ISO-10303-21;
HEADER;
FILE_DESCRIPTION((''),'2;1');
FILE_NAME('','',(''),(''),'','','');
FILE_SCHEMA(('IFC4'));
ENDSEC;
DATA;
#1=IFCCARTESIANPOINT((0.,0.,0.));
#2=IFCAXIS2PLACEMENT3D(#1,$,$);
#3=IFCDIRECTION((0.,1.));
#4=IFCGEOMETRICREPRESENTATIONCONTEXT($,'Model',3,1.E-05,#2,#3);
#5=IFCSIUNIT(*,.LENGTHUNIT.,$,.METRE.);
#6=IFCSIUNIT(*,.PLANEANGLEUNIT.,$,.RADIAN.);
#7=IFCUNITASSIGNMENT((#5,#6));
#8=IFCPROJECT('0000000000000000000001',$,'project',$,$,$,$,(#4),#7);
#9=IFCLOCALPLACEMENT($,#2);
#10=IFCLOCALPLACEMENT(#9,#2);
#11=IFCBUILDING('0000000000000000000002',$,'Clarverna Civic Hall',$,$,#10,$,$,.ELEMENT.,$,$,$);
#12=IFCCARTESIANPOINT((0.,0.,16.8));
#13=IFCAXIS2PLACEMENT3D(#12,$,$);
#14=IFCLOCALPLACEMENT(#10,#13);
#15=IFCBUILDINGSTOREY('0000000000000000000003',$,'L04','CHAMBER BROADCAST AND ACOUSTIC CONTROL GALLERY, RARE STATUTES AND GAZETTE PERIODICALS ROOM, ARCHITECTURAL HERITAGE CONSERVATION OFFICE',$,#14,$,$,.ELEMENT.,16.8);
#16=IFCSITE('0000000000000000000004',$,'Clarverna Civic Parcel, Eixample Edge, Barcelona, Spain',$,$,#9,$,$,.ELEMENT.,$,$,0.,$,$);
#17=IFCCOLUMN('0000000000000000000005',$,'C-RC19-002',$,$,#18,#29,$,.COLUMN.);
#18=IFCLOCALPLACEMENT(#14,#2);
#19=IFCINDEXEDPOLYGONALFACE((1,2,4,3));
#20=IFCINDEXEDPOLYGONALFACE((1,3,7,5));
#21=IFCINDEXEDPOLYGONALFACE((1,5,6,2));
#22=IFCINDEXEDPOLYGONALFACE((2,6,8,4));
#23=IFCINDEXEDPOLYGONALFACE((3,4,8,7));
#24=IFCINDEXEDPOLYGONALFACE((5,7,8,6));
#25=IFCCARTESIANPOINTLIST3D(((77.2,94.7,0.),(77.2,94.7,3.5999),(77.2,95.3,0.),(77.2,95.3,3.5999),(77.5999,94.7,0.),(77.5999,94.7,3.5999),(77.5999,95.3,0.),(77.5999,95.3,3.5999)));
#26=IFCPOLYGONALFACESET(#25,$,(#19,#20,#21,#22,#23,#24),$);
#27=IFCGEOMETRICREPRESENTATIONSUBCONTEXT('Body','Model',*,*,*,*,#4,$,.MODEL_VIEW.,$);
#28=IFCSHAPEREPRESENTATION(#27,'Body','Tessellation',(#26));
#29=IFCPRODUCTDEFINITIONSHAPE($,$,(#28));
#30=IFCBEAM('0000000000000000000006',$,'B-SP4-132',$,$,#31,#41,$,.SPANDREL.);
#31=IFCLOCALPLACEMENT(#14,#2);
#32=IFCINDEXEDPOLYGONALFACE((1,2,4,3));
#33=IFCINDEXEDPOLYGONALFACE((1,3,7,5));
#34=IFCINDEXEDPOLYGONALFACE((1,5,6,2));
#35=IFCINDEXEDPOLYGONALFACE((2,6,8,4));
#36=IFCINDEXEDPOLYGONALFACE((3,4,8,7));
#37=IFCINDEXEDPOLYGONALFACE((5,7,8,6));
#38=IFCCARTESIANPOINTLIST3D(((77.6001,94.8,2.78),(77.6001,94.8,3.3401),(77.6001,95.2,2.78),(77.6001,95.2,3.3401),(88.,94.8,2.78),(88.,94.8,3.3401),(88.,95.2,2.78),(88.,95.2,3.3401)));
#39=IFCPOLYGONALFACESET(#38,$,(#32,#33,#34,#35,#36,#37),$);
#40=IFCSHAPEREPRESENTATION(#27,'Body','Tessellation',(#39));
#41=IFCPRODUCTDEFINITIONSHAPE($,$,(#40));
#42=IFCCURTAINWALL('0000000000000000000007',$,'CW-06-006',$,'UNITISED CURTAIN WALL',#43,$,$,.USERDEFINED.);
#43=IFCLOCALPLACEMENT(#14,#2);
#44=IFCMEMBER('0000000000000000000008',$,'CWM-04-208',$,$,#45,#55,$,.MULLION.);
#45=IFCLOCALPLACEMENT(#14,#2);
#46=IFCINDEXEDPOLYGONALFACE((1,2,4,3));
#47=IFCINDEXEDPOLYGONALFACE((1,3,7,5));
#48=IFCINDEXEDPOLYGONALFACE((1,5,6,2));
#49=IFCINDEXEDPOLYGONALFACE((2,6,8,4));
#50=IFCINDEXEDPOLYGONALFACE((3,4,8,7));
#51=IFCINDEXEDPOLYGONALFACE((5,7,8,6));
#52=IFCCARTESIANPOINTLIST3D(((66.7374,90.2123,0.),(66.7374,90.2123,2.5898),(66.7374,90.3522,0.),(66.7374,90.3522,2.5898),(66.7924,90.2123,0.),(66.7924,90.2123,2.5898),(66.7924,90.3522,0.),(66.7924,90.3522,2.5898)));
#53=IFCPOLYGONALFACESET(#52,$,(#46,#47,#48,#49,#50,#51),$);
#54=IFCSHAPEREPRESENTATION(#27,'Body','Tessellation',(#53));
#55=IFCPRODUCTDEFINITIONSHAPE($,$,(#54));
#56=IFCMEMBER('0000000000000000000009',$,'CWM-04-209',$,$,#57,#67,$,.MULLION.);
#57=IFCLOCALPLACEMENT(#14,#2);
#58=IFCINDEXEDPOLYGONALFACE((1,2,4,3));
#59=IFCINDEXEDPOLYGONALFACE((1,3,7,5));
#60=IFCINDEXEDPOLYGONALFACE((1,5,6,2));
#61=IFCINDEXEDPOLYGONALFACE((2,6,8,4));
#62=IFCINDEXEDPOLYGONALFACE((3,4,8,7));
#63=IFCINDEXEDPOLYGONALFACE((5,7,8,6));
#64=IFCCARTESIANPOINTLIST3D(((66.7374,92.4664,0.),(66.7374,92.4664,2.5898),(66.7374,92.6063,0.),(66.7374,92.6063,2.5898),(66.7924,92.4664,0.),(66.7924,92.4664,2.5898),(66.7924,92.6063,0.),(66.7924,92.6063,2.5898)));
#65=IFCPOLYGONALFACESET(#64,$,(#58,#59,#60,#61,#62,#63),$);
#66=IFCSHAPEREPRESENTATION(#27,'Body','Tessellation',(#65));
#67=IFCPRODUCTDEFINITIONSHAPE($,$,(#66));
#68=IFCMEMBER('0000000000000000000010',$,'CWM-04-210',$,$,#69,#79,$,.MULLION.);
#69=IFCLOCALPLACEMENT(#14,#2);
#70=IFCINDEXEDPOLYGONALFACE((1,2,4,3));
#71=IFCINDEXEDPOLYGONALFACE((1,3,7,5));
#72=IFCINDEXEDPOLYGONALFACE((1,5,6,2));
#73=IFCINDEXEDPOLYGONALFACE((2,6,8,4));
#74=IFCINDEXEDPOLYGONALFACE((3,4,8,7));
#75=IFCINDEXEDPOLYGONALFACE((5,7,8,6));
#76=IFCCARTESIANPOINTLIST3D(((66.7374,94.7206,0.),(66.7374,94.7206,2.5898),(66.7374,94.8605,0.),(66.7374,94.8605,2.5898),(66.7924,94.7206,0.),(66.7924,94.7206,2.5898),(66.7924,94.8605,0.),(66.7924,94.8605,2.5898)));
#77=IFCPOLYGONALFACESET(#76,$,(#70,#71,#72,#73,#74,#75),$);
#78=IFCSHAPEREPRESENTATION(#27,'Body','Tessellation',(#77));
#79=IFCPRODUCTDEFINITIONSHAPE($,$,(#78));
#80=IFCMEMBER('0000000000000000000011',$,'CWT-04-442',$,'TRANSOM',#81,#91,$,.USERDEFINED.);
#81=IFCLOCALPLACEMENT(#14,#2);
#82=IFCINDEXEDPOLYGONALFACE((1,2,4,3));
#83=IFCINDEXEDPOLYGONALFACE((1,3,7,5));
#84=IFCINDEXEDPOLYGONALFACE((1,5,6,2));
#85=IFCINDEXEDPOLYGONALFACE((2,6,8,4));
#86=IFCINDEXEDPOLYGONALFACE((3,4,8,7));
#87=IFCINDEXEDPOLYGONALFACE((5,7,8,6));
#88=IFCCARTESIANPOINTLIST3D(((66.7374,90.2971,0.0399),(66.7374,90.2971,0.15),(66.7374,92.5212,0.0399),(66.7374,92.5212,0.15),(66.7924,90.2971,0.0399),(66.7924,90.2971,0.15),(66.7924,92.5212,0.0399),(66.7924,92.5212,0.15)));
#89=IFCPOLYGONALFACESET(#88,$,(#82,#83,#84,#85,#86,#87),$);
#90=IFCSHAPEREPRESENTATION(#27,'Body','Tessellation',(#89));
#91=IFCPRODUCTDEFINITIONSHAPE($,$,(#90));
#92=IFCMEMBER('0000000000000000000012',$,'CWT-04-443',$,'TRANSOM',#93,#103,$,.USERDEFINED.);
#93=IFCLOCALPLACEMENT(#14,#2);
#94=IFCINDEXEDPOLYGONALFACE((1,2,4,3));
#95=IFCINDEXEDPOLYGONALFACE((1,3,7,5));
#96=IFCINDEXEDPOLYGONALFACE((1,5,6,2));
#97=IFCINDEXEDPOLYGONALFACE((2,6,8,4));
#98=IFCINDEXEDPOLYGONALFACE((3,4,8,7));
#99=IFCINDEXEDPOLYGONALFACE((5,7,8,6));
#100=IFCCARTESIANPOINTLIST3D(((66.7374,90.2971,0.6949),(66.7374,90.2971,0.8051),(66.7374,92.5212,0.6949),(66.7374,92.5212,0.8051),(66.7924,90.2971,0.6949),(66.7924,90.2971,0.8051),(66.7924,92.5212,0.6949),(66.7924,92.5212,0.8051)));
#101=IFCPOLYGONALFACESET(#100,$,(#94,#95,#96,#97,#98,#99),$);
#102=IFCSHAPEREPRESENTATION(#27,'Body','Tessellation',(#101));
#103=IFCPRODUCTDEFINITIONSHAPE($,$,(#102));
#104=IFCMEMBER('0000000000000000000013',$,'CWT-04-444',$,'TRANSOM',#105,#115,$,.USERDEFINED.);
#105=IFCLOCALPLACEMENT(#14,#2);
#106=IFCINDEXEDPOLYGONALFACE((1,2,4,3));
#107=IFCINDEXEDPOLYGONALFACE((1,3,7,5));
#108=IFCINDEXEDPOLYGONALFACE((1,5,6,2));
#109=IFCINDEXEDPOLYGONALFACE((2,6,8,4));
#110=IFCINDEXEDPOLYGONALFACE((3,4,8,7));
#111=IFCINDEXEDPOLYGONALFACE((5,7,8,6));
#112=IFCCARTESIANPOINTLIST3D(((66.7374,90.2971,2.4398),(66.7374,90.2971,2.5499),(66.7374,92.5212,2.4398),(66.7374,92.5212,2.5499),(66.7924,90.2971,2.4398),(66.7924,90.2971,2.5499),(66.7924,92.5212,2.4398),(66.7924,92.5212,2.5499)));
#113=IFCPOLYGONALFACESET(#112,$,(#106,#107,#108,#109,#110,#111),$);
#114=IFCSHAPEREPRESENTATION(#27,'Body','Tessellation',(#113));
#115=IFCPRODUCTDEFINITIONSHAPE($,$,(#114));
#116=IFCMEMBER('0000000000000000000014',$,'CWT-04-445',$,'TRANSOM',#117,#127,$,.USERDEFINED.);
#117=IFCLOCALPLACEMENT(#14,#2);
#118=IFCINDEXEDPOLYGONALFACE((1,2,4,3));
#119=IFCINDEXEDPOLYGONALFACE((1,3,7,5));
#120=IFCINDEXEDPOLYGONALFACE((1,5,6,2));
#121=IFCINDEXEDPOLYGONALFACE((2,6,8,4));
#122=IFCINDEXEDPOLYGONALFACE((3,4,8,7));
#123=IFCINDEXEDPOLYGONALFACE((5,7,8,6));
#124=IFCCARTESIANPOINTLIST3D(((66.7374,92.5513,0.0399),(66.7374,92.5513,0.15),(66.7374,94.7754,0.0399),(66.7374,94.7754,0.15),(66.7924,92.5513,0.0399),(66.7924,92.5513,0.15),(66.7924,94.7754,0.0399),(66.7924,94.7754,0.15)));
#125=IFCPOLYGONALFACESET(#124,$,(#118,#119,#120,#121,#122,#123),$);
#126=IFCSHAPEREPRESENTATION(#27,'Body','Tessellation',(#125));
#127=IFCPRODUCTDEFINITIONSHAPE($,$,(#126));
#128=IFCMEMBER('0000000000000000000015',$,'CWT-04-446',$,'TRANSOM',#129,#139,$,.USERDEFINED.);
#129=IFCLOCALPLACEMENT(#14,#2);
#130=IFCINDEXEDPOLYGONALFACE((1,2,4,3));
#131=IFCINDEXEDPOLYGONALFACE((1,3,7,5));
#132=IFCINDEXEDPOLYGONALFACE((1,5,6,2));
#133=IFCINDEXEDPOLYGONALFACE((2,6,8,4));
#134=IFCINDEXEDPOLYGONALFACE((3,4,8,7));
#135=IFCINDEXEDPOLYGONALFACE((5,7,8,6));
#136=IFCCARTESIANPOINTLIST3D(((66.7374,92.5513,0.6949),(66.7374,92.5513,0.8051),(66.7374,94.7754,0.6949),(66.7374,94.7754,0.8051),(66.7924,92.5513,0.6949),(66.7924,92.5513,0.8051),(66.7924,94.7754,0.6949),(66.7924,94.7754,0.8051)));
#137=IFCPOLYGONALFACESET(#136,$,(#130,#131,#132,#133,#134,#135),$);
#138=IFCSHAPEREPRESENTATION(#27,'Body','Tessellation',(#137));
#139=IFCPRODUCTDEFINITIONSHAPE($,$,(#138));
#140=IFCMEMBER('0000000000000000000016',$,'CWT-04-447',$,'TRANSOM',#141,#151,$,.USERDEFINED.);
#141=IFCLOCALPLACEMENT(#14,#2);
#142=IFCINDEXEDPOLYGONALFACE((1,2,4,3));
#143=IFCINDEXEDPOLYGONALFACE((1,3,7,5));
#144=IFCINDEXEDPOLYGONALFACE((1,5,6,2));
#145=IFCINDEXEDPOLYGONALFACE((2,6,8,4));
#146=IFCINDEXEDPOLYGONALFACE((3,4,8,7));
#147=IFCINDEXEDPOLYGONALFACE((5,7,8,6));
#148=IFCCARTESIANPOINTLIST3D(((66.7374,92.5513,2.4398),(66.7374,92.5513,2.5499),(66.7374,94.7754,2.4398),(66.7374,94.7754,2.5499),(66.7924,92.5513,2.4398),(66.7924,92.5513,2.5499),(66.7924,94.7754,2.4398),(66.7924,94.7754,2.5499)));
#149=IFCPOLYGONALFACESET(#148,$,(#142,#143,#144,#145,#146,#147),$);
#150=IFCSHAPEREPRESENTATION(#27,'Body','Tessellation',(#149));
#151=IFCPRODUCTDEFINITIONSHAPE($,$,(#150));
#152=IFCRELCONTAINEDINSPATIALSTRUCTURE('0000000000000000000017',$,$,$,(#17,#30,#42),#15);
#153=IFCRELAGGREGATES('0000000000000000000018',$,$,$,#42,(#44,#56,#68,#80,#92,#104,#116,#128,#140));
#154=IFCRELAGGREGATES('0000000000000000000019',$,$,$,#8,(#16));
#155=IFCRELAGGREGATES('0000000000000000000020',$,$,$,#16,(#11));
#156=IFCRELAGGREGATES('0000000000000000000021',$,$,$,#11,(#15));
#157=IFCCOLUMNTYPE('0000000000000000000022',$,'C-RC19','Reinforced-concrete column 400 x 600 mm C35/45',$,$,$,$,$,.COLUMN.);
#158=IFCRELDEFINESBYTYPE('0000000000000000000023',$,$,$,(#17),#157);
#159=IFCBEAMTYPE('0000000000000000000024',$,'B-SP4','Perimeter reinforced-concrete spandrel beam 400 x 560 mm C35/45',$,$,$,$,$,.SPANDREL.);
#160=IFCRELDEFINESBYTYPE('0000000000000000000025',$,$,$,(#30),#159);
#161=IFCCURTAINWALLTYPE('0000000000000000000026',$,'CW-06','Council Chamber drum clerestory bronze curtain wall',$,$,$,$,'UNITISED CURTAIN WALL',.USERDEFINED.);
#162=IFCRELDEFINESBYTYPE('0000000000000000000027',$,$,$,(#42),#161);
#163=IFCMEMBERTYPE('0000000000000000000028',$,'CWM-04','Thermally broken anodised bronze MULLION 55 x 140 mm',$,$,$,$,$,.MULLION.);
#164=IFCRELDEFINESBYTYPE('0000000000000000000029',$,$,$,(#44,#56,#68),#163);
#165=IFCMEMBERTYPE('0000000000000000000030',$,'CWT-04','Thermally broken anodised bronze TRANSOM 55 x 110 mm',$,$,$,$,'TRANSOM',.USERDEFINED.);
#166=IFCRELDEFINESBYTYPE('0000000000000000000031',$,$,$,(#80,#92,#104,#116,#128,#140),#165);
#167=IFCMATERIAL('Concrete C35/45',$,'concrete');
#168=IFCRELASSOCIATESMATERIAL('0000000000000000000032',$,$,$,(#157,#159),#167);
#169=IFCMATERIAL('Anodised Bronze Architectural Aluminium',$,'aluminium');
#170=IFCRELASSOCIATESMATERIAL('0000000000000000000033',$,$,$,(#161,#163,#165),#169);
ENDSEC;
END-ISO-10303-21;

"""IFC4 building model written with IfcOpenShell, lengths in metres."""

from ifc_helpers import new_model, si_unit, direction, frame, origin, origin_2d, place, context, subcontext, project, spatial, rectangle, extrude, material, material_profile, profile_set, type_object, element, aggregate, save


model = new_model("IFC4")

# Units and contexts
model_context = context("Model", 3, precision=1e-05, world=origin(), true_north=direction((0.0, 1.0)))
body_context = subcontext(model_context, "Body", "Model", "MODEL_VIEW")
ifc_project = project(units=[si_unit("LENGTHUNIT", "METRE"), si_unit("PLANEANGLEUNIT", "RADIAN")], contexts=[model_context])

# Site, building, storey
site_placement = place(None, origin())
site = spatial("IfcSite", under=ifc_project, at=site_placement, Name="Clarverna Civic Parcel, Eixample Edge, Barcelona, Spain", CompositionType="ELEMENT", RefElevation=0.0)
building_placement = place(site_placement, origin())
building = spatial("IfcBuilding", under=site, at=building_placement, Name="Clarverna Civic Hall", CompositionType="ELEMENT")
storey_placement = place(building_placement, frame((0.0, 0.0, 16.8)))
storey = spatial("IfcBuildingStorey", under=building, at=storey_placement, Name="L04", Description="CHAMBER BROADCAST AND ACOUSTIC CONTROL GALLERY, RARE STATUTES AND GAZETTE PERIODICALS ROOM, ARCHITECTURAL HERITAGE CONSERVATION OFFICE", CompositionType="ELEMENT", Elevation=16.8)

# Column
ifc_material_1 = material(Name="Concrete C35/45", Category="concrete")
ifc_material_profile_1 = material_profile(ifc_material_1, rectangle(XDim=0.3999, YDim=0.6001, at=origin_2d()), Name="RC 400x600")
ifc_profile_set_1 = profile_set([ifc_material_profile_1], Name="Concrete C35/45")
column_type = type_object("IfcColumnType", Name="C-RC19", Description="Reinforced-concrete column 400 x 600 mm C35/45", PredefinedType="COLUMN", material=ifc_profile_set_1)
column_placement = place(storey_placement, frame((77.3999, 95.0, 0.0), z_axis=(0.0, 0.0, 1.0), x_axis=(1.0, 0.0, 0.0)))
element("IfcColumn", 1, at=column_placement, inside=storey, type_object=column_type, Name="C-RC19-002", PredefinedType="COLUMN", context=body_context, shape_type="SweptSolid", body=[
    extrude(rectangle(XDim=0.3999, YDim=0.6001, at=origin_2d()), origin(), (0.0, 0.0, 1.0), 3.5999),
])

# Beam
ifc_material_profile_2 = material_profile(ifc_material_1, rectangle(XDim=0.3999, YDim=0.5601, at=origin_2d()), Name="RC 400x560")
ifc_profile_set_2 = profile_set([ifc_material_profile_2], Name="Concrete C35/45")
beam_type_1 = type_object("IfcBeamType", Name="B-SP4", Description="Perimeter reinforced-concrete spandrel beam 400 x 560 mm C35/45", PredefinedType="SPANDREL", material=ifc_profile_set_2)
beam_1_placement = place(storey_placement, frame((77.6001, 95.0, 3.0601), z_axis=(1.0, 0.0, 0.0), x_axis=(0.0, 1.0, 0.0)))
element("IfcBeam", 2, at=beam_1_placement, inside=storey, type_object=beam_type_1, Name="B-SP4-132", PredefinedType="SPANDREL", context=body_context, shape_type="SweptSolid", body=[
    extrude(rectangle(XDim=0.3999, YDim=0.5601, at=origin_2d()), origin(), (0.0, 0.0, 1.0), 10.3999),
])

# Curtain wall, members
ifc_material_2 = material(Name="Anodised Bronze Architectural Aluminium", Category="aluminium")
curtain_wall_type = type_object("IfcCurtainWallType", Name="CW-06", Description="Council Chamber drum clerestory bronze curtain wall", ElementType="UNITISED CURTAIN WALL", PredefinedType="USERDEFINED", material=ifc_material_2)
curtain_wall_placement = place(storey_placement, origin())
curtain_wall = element("IfcCurtainWall", 3, at=curtain_wall_placement, inside=storey, type_object=curtain_wall_type, Name="CW-06-006", ObjectType="UNITISED CURTAIN WALL", PredefinedType="USERDEFINED")
ifc_material_profile_3 = material_profile(ifc_material_2, rectangle(XDim=0.0549, YDim=0.1399, at=origin_2d()), Name="BRONZE 55x140")
ifc_profile_set_3 = profile_set([ifc_material_profile_3], Name="Anodised Bronze Architectural Aluminium")
member_type_1 = type_object("IfcMemberType", Name="CWM-04", Description="Thermally broken anodised bronze MULLION 55 x 140 mm", PredefinedType="MULLION", material=ifc_profile_set_3)
member_1_placement = place(storey_placement, frame((66.7649, 90.2822, 0.0), z_axis=(0.0, 0.0, 1.0), x_axis=(1.0, 0.0, 0.0)))
member_1 = element("IfcMember", 4, at=member_1_placement, type_object=member_type_1, Name="CWM-04-208", PredefinedType="MULLION", context=body_context, shape_type="SweptSolid", body=[
    extrude(rectangle(XDim=0.0549, YDim=0.1399, at=origin_2d()), origin(), (0.0, 0.0, 1.0), 2.5898),
])
member_2_placement = place(storey_placement, frame((66.7649, 92.5364, 0.0), z_axis=(0.0, 0.0, 1.0), x_axis=(1.0, 0.0, 0.0)))
member_2 = element("IfcMember", 5, at=member_2_placement, type_object=member_type_1, Name="CWM-04-209", PredefinedType="MULLION", context=body_context, shape_type="SweptSolid", body=[
    extrude(rectangle(XDim=0.0549, YDim=0.1399, at=origin_2d()), origin(), (0.0, 0.0, 1.0), 2.5898),
])
member_3_placement = place(storey_placement, frame((66.7649, 94.7905, 0.0), z_axis=(0.0, 0.0, 1.0), x_axis=(1.0, 0.0, 0.0)))
member_3 = element("IfcMember", 6, at=member_3_placement, type_object=member_type_1, Name="CWM-04-210", PredefinedType="MULLION", context=body_context, shape_type="SweptSolid", body=[
    extrude(rectangle(XDim=0.0549, YDim=0.1399, at=origin_2d()), origin(), (0.0, 0.0, 1.0), 2.5898),
])
ifc_material_profile_4 = material_profile(ifc_material_2, rectangle(XDim=0.0549, YDim=0.1101, at=origin_2d()), Name="BRONZE 55x110")
ifc_profile_set_4 = profile_set([ifc_material_profile_4], Name="Anodised Bronze Architectural Aluminium")
member_type_2 = type_object("IfcMemberType", Name="CWT-04", Description="Thermally broken anodised bronze TRANSOM 55 x 110 mm", ElementType="TRANSOM", PredefinedType="USERDEFINED", material=ifc_profile_set_4)
member_4_placement = place(storey_placement, frame((66.7649, 90.2971, 0.095), z_axis=(0.0, 1.0, 0.0), x_axis=(-1.0, 0.0, 0.0)))
member_4 = element("IfcMember", 7, at=member_4_placement, type_object=member_type_2, Name="CWT-04-442", ObjectType="TRANSOM", PredefinedType="USERDEFINED", context=body_context, shape_type="SweptSolid", body=[
    extrude(rectangle(XDim=0.0549, YDim=0.1101, at=origin_2d()), origin(), (0.0, 0.0, 1.0), 2.2241),
])
member_5_placement = place(storey_placement, frame((66.7649, 90.2971, 0.75), z_axis=(0.0, 1.0, 0.0), x_axis=(-1.0, 0.0, 0.0)))
member_5 = element("IfcMember", 8, at=member_5_placement, type_object=member_type_2, Name="CWT-04-443", ObjectType="TRANSOM", PredefinedType="USERDEFINED", context=body_context, shape_type="SweptSolid", body=[
    extrude(rectangle(XDim=0.0549, YDim=0.1101, at=origin_2d()), origin(), (0.0, 0.0, 1.0), 2.2241),
])
member_6_placement = place(storey_placement, frame((66.7649, 90.2971, 2.4949), z_axis=(0.0, 1.0, 0.0), x_axis=(-1.0, 0.0, 0.0)))
member_6 = element("IfcMember", 9, at=member_6_placement, type_object=member_type_2, Name="CWT-04-444", ObjectType="TRANSOM", PredefinedType="USERDEFINED", context=body_context, shape_type="SweptSolid", body=[
    extrude(rectangle(XDim=0.0549, YDim=0.1101, at=origin_2d()), origin(), (0.0, 0.0, 1.0), 2.2241),
])
member_7_placement = place(storey_placement, frame((66.7649, 92.5513, 0.095), z_axis=(0.0, 1.0, 0.0), x_axis=(-1.0, 0.0, 0.0)))
member_7 = element("IfcMember", 10, at=member_7_placement, type_object=member_type_2, Name="CWT-04-445", ObjectType="TRANSOM", PredefinedType="USERDEFINED", context=body_context, shape_type="SweptSolid", body=[
    extrude(rectangle(XDim=0.0549, YDim=0.1101, at=origin_2d()), origin(), (0.0, 0.0, 1.0), 2.2241),
])
member_8_placement = place(storey_placement, frame((66.7649, 92.5513, 0.75), z_axis=(0.0, 1.0, 0.0), x_axis=(-1.0, 0.0, 0.0)))
member_8 = element("IfcMember", 11, at=member_8_placement, type_object=member_type_2, Name="CWT-04-446", ObjectType="TRANSOM", PredefinedType="USERDEFINED", context=body_context, shape_type="SweptSolid", body=[
    extrude(rectangle(XDim=0.0549, YDim=0.1101, at=origin_2d()), origin(), (0.0, 0.0, 1.0), 2.2241),
])
member_9_placement = place(storey_placement, frame((66.7649, 92.5513, 2.4949), z_axis=(0.0, 1.0, 0.0), x_axis=(-1.0, 0.0, 0.0)))
member_9 = element("IfcMember", 12, at=member_9_placement, type_object=member_type_2, Name="CWT-04-447", ObjectType="TRANSOM", PredefinedType="USERDEFINED", context=body_context, shape_type="SweptSolid", body=[
    extrude(rectangle(XDim=0.0549, YDim=0.1101, at=origin_2d()), origin(), (0.0, 0.0, 1.0), 2.2241),
])

aggregate(curtain_wall, [member_1, member_2, member_3, member_4, member_5, member_6, member_7, member_8, member_9])

save(model, "model.ifc")
